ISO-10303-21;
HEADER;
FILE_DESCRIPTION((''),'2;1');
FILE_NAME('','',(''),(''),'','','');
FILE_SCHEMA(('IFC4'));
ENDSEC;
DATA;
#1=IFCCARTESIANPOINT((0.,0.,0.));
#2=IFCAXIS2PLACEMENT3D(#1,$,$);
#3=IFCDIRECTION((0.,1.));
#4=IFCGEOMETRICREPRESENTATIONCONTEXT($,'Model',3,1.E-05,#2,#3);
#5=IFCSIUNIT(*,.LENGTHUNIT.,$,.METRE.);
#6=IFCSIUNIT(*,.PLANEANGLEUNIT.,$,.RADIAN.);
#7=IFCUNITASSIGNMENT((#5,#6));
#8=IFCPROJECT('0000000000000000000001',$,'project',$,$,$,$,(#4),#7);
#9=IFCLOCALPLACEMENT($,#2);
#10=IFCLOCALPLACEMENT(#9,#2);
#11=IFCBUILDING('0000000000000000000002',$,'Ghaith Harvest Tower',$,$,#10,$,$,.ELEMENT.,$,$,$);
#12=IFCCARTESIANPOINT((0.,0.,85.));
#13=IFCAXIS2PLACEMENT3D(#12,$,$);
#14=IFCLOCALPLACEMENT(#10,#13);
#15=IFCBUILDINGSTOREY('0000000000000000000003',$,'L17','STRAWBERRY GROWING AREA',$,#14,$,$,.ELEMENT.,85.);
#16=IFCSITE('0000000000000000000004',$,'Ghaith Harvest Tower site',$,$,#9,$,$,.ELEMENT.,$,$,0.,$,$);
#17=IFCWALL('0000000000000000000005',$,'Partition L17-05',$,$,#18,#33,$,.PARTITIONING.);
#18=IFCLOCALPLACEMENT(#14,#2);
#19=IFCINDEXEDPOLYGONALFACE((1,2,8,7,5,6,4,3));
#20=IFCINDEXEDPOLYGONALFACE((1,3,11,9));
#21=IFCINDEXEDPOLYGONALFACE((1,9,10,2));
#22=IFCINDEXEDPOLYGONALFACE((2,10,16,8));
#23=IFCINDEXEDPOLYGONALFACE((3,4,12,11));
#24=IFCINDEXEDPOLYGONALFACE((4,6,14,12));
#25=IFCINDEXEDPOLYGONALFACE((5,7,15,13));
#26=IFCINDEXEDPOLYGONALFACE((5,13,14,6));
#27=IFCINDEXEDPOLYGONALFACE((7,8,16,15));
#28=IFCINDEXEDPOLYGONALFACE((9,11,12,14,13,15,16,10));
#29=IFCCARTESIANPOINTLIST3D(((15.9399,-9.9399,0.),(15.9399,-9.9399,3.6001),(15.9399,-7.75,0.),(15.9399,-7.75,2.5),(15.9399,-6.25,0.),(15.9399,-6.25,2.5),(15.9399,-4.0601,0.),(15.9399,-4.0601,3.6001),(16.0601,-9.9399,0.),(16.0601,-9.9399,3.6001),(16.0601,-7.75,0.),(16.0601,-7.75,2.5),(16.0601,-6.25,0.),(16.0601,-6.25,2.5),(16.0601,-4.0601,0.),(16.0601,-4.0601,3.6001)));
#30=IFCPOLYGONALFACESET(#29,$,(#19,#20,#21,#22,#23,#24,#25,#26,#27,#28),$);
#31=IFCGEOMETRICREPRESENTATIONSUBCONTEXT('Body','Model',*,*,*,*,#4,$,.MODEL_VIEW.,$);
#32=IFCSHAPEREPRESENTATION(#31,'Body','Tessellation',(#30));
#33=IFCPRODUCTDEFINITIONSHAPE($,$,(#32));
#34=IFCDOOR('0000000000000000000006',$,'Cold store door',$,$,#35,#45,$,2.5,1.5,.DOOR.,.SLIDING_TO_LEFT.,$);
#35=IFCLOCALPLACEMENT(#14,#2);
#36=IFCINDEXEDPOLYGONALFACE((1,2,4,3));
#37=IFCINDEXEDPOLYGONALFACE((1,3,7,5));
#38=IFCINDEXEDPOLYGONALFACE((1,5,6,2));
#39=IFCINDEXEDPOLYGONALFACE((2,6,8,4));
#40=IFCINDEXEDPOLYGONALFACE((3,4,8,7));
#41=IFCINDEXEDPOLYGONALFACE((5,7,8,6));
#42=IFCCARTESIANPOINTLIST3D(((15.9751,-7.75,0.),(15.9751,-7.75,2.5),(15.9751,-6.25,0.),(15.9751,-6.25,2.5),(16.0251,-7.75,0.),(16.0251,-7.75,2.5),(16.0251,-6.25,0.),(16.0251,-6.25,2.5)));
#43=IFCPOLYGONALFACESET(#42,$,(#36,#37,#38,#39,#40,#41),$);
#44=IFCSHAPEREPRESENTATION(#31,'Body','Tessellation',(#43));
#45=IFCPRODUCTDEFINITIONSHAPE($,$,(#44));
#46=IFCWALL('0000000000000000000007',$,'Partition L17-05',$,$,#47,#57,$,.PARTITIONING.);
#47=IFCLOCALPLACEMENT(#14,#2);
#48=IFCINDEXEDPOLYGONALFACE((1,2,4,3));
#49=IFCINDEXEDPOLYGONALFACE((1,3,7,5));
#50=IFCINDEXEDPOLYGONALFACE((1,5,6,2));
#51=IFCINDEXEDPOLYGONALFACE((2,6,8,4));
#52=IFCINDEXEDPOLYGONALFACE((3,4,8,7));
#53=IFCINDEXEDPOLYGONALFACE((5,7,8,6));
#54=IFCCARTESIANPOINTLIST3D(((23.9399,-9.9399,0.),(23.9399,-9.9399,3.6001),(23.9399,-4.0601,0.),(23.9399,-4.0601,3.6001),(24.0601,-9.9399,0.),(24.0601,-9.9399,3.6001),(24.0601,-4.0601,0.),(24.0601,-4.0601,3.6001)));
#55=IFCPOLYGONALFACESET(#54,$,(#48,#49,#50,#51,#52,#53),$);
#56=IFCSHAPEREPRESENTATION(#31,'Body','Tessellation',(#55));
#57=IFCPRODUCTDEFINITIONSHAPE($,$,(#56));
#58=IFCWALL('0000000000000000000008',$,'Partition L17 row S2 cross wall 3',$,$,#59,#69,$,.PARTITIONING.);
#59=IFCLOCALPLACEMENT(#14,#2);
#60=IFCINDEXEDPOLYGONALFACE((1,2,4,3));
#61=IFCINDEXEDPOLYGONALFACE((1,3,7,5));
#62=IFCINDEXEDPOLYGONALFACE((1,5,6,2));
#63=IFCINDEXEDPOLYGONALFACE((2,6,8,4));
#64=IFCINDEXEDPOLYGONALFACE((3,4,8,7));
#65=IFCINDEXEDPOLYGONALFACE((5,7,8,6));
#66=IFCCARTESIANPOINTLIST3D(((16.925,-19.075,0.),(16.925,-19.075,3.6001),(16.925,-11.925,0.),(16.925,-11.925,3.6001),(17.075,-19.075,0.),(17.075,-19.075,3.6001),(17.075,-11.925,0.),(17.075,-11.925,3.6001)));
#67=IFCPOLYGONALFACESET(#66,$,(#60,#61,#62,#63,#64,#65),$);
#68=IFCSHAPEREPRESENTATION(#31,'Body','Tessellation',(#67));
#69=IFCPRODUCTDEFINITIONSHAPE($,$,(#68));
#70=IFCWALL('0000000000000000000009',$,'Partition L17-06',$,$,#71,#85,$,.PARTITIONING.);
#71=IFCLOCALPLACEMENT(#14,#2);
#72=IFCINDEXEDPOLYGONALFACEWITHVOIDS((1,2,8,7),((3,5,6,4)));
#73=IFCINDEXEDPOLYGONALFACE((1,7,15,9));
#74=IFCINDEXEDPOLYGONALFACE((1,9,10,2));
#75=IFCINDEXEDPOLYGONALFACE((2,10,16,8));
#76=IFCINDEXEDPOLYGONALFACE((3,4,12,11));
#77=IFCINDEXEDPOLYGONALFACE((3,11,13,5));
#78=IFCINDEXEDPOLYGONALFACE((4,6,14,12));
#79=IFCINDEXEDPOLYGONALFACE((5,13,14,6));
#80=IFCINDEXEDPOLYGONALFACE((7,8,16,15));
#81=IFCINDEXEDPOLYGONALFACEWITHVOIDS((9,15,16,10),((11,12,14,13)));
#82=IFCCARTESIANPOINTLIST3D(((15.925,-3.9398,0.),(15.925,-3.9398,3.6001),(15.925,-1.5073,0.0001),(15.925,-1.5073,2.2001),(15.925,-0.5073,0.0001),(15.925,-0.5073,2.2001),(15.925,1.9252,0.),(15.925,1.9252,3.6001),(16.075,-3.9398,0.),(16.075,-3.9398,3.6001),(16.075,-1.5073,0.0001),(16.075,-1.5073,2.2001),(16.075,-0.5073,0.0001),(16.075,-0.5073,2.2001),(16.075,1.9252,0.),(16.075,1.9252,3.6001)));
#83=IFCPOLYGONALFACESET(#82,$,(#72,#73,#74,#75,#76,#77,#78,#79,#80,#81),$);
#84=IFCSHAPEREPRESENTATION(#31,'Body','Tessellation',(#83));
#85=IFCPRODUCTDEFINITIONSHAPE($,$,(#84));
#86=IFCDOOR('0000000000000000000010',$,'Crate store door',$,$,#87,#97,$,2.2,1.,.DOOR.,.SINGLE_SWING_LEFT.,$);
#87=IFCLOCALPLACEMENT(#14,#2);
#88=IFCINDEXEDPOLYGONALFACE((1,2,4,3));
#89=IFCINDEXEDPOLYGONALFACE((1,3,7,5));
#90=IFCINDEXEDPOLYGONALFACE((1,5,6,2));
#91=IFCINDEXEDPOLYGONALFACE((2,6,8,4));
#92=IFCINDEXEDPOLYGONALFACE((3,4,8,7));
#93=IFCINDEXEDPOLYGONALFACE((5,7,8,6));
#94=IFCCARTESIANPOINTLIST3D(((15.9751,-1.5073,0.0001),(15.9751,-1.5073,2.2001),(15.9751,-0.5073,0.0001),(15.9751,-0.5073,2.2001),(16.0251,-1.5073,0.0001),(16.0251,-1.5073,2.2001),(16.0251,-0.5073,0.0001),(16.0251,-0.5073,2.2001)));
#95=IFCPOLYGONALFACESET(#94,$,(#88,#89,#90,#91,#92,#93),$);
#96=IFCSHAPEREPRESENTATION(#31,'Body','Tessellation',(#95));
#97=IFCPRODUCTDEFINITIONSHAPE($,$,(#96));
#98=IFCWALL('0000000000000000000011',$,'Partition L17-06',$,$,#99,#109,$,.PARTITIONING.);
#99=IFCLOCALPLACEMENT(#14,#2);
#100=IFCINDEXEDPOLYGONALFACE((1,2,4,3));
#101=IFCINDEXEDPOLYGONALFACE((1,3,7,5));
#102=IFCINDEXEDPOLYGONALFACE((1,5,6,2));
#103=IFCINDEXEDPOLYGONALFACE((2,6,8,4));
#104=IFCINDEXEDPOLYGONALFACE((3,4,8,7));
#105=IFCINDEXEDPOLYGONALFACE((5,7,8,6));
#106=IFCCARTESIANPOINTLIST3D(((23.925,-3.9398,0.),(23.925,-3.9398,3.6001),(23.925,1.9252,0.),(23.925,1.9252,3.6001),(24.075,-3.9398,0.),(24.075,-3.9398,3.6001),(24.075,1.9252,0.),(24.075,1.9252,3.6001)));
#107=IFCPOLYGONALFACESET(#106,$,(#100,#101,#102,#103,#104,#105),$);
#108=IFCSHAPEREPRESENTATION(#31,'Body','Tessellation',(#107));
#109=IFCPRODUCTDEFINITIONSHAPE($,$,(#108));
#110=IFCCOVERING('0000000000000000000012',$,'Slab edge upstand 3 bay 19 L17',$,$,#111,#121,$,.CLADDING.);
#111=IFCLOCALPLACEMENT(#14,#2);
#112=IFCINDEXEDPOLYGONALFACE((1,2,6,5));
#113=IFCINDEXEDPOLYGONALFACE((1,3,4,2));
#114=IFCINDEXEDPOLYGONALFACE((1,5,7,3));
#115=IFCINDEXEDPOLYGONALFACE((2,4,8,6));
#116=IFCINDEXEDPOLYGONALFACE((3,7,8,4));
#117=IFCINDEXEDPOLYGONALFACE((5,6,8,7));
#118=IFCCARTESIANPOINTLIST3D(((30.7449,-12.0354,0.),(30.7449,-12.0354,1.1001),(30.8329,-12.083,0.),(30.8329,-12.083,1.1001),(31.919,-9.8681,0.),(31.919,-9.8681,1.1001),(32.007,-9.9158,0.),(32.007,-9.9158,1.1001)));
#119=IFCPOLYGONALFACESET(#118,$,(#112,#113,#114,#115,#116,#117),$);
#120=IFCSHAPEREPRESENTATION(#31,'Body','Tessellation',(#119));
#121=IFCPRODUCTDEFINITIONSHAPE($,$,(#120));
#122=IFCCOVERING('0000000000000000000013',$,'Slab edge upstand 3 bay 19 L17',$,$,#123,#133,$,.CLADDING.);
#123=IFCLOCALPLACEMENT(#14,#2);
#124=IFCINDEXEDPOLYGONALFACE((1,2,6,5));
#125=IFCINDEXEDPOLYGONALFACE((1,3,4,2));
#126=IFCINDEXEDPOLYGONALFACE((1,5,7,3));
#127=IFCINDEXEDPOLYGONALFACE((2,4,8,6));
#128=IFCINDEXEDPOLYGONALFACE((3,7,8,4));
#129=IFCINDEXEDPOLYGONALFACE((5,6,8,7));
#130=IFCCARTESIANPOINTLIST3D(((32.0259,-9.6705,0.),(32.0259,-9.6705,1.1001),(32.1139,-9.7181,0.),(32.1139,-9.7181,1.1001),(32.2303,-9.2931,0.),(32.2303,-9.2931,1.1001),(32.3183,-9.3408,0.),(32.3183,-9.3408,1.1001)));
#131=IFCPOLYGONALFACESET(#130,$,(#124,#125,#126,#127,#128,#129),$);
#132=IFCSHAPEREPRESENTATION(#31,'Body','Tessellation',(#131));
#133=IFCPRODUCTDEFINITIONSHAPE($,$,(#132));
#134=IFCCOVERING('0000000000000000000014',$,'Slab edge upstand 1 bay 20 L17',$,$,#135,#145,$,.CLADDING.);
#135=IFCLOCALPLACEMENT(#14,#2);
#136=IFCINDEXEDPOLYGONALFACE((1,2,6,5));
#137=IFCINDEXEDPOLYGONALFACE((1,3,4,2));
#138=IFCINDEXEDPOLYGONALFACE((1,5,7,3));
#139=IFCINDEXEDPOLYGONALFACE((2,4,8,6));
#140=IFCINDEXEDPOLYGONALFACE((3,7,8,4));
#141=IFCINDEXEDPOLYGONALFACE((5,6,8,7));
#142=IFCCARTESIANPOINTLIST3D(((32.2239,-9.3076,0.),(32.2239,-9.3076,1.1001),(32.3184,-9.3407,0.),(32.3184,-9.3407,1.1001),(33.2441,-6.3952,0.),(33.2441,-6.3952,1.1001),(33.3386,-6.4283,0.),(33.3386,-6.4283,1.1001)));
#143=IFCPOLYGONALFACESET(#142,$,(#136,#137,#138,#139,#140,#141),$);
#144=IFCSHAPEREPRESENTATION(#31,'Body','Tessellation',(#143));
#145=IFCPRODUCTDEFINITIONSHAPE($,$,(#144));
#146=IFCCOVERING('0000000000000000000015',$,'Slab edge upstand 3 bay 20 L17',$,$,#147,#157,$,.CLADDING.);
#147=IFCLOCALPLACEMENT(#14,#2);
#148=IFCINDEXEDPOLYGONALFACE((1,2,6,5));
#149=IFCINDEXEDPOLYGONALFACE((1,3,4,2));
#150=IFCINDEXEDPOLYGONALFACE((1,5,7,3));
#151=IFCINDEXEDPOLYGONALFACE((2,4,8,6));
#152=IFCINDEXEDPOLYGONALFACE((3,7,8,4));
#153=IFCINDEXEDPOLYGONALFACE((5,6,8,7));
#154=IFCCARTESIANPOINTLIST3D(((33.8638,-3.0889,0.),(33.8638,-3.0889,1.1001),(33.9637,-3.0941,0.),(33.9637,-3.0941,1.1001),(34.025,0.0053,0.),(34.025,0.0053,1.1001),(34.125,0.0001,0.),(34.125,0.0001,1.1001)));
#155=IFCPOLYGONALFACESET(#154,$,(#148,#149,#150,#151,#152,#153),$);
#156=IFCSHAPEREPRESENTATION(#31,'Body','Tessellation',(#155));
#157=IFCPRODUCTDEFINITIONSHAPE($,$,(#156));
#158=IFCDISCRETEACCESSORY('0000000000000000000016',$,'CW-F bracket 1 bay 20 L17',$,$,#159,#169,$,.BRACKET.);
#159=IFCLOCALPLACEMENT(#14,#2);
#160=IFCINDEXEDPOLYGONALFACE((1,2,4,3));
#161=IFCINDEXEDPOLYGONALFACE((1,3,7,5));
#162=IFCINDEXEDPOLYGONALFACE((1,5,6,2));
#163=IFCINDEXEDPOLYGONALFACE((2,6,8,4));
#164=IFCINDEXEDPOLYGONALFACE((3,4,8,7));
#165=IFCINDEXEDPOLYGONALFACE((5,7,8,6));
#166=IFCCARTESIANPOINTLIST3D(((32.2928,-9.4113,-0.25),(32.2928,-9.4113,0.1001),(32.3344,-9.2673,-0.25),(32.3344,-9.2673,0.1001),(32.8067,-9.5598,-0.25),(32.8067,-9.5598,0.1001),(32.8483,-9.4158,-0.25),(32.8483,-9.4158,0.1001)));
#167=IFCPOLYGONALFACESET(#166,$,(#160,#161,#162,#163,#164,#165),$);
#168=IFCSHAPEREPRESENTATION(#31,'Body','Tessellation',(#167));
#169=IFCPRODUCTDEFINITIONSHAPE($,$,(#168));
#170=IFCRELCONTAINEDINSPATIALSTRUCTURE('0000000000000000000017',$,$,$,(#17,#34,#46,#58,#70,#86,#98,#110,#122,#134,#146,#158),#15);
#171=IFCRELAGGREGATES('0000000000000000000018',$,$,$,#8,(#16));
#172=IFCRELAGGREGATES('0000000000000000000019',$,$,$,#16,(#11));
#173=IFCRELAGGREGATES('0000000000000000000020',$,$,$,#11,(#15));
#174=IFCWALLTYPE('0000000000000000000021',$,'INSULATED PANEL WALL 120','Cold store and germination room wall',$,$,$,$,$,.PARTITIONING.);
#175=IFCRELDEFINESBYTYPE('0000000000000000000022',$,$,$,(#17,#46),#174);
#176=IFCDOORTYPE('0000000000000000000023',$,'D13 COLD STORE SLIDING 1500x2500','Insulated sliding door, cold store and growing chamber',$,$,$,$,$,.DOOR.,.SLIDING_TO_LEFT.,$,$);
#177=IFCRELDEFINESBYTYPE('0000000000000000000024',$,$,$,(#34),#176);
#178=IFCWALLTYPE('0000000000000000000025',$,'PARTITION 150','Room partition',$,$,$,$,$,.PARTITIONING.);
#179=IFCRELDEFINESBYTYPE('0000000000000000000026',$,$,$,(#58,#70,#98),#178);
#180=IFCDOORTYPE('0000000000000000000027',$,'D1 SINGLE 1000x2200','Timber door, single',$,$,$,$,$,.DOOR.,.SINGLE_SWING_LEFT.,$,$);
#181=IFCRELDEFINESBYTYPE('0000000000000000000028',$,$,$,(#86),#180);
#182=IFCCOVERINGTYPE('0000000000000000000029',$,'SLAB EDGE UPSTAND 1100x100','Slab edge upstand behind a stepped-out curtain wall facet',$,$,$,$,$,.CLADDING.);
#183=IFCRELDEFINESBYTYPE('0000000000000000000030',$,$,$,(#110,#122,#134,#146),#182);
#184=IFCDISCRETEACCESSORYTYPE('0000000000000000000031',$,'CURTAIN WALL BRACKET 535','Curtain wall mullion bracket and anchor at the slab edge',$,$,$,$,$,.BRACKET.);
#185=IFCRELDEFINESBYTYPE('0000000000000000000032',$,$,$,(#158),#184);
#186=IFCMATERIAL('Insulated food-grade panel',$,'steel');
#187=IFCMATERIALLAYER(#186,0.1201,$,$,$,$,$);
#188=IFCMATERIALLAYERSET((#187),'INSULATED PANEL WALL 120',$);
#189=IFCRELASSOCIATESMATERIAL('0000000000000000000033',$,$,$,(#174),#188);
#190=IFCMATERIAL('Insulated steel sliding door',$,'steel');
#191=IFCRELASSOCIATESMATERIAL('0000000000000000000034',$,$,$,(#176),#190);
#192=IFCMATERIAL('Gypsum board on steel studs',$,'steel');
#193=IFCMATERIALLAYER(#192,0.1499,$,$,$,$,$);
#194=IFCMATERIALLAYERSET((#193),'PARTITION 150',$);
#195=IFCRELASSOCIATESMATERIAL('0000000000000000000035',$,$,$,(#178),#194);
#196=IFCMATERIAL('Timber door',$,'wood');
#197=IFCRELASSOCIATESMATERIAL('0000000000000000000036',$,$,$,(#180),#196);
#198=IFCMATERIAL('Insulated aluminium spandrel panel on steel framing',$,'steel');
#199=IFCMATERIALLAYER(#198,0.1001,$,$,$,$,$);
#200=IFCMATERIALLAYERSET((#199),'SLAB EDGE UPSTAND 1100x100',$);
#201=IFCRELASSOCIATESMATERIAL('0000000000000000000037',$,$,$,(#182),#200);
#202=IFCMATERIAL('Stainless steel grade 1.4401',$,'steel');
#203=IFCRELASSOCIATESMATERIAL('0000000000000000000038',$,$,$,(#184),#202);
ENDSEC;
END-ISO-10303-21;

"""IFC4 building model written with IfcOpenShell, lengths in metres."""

from ifc_helpers import new_model, si_unit, direction, frame, frame_2d, origin, origin_2d, place, context, subcontext, project, spatial, rectangle, extrude, material, layer, layer_set, type_object, element, fill, save


model = new_model("IFC4")

# Units and contexts
model_context = context("Model", 3, precision=1e-05, world=origin(), true_north=direction((0.0, 1.0)))
body_context = subcontext(model_context, "Body", "Model", "MODEL_VIEW")
ifc_project = project(units=[si_unit("LENGTHUNIT", "METRE"), si_unit("PLANEANGLEUNIT", "RADIAN")], contexts=[model_context])

# Site, building, storey
site_placement = place(None, origin())
site = spatial("IfcSite", under=ifc_project, at=site_placement, Name="Ghaith Harvest Tower site", CompositionType="ELEMENT", RefElevation=0.0)
building_placement = place(site_placement, origin())
building = spatial("IfcBuilding", under=site, at=building_placement, Name="Ghaith Harvest Tower", CompositionType="ELEMENT")
storey_placement = place(building_placement, frame((0.0, 0.0, 85.0)))
storey = spatial("IfcBuildingStorey", under=building, at=storey_placement, Name="L17", Description="STRAWBERRY GROWING AREA", CompositionType="ELEMENT", Elevation=85.0)

# Shared definitions
ifc_material_1 = material(Name="Insulated food-grade panel", Category="steel")
ifc_layer_1 = layer(ifc_material_1, 0.1201)
ifc_layer_set_1 = layer_set([ifc_layer_1], Name="INSULATED PANEL WALL 120")
wall_type_1 = type_object("IfcWallType", Name="INSULATED PANEL WALL 120", Description="Cold store and germination room wall", PredefinedType="PARTITIONING", material=ifc_layer_set_1)

# Wall, opening, door
wall_1_placement = place(storey_placement, frame((16.0, -9.9399, 0.0), z_axis=(0.0, 0.0, 1.0), x_axis=(0.0, 1.0, 0.0)))
wall_1 = element("IfcWall", 1, at=wall_1_placement, inside=storey, type_object=wall_type_1, Name="Partition L17-05", PredefinedType="PARTITIONING", context=body_context, shape_type="SweptSolid", body=[
    extrude(rectangle(XDim=5.8799, YDim=0.1201, at=frame_2d((2.9399, 0.0))), origin(), (0.0, 0.0, 1.0), 3.6001),
])
opening_1_placement = place(wall_1_placement, frame((2.1899, 0.0, 0.0)))
opening_1 = element("IfcOpeningElement", 2, at=opening_1_placement, cuts=wall_1, PredefinedType="OPENING", context=body_context, shape_type="SweptSolid", body=[
    extrude(rectangle(XDim=1.5, YDim=2.5, at=frame_2d((0.75, 1.25))), frame((0.0, 0.0701, 0.0), z_axis=(0.0, -1.0, 0.0), x_axis=(1.0, 0.0, 0.0)), (0.0, 0.0, 1.0), 0.1401),
])
ifc_material_2 = material(Name="Insulated steel sliding door", Category="steel")
door_type_1 = type_object("IfcDoorType", Name="D13 COLD STORE SLIDING 1500x2500", Description="Insulated sliding door, cold store and growing chamber", OperationType="SLIDING_TO_LEFT", PredefinedType="DOOR", material=ifc_material_2)
door_1_placement = place(opening_1_placement, origin())
door_1 = element("IfcDoor", 3, at=door_1_placement, inside=storey, type_object=door_type_1, Name="Cold store door", OperationType="SLIDING_TO_LEFT", OverallHeight=2.5, OverallWidth=1.5, PredefinedType="DOOR", context=body_context, shape_type="SweptSolid", body=[
    extrude(rectangle(XDim=1.5, YDim=2.5, at=frame_2d((0.75, 1.25))), frame((0.0, 0.0249, 0.0), z_axis=(0.0, -1.0, 0.0), x_axis=(1.0, 0.0, 0.0)), (0.0, 0.0, 1.0), 0.05),
])
fill(opening_1, door_1)

# Walls
wall_2_placement = place(storey_placement, frame((24.0, -9.9399, 0.0), z_axis=(0.0, 0.0, 1.0), x_axis=(0.0, 1.0, 0.0)))
element("IfcWall", 4, at=wall_2_placement, inside=storey, type_object=wall_type_1, Name="Partition L17-05", PredefinedType="PARTITIONING", context=body_context, shape_type="SweptSolid", body=[
    extrude(rectangle(XDim=5.8799, YDim=0.1201, at=frame_2d((2.9399, 0.0))), origin(), (0.0, 0.0, 1.0), 3.6001),
])
ifc_material_3 = material(Name="Gypsum board on steel studs", Category="steel")
ifc_layer_2 = layer(ifc_material_3, 0.1499)
ifc_layer_set_2 = layer_set([ifc_layer_2], Name="PARTITION 150")
wall_type_2 = type_object("IfcWallType", Name="PARTITION 150", Description="Room partition", PredefinedType="PARTITIONING", material=ifc_layer_set_2)
wall_3_placement = place(storey_placement, frame((17.0, -11.925, 0.0), z_axis=(0.0, 0.0, 1.0), x_axis=(0.0, -1.0, 0.0)))
element("IfcWall", 5, at=wall_3_placement, inside=storey, type_object=wall_type_2, Name="Partition L17 row S2 cross wall 3", PredefinedType="PARTITIONING", context=body_context, shape_type="SweptSolid", body=[
    extrude(rectangle(XDim=7.1499, YDim=0.1499, at=frame_2d((3.575, 0.0))), origin(), (0.0, 0.0, 1.0), 3.6001),
])

# Wall, opening, door
wall_4_placement = place(storey_placement, frame((16.0, -3.9399, 0.0), z_axis=(0.0, 0.0, 1.0), x_axis=(0.0, 1.0, 0.0)))
wall_4 = element("IfcWall", 6, at=wall_4_placement, inside=storey, type_object=wall_type_2, Name="Partition L17-06", PredefinedType="PARTITIONING", context=body_context, shape_type="SweptSolid", body=[
    extrude(rectangle(XDim=5.865, YDim=0.1499, at=frame_2d((2.9326, 0.0))), origin(), (0.0, 0.0, 1.0), 3.6001),
])
opening_2_placement = place(wall_4_placement, frame((2.4326, 0.0, 0.0)))
opening_2 = element("IfcOpeningElement", 7, at=opening_2_placement, cuts=wall_4, PredefinedType="OPENING", context=body_context, shape_type="SweptSolid", body=[
    extrude(rectangle(XDim=1.0, YDim=2.2, at=frame_2d((0.5, 1.1001))), frame((0.0, 0.085, 0.0), z_axis=(0.0, -1.0, 0.0), x_axis=(1.0, 0.0, 0.0)), (0.0, 0.0, 1.0), 0.1699),
])
ifc_material_4 = material(Name="Timber door", Category="wood")
door_type_2 = type_object("IfcDoorType", Name="D1 SINGLE 1000x2200", Description="Timber door, single", OperationType="SINGLE_SWING_LEFT", PredefinedType="DOOR", material=ifc_material_4)
door_2_placement = place(opening_2_placement, origin())
door_2 = element("IfcDoor", 8, at=door_2_placement, inside=storey, type_object=door_type_2, Name="Crate store door", OperationType="SINGLE_SWING_LEFT", OverallHeight=2.2, OverallWidth=1.0, PredefinedType="DOOR", context=body_context, shape_type="SweptSolid", body=[
    extrude(rectangle(XDim=1.0, YDim=2.2, at=frame_2d((0.5, 1.1001))), frame((0.0, 0.0249, 0.0), z_axis=(0.0, -1.0, 0.0), x_axis=(1.0, 0.0, 0.0)), (0.0, 0.0, 1.0), 0.05),
])
fill(opening_2, door_2)

# Wall
wall_5_placement = place(storey_placement, frame((24.0, -3.9399, 0.0), z_axis=(0.0, 0.0, 1.0), x_axis=(0.0, 1.0, 0.0)))
element("IfcWall", 9, at=wall_5_placement, inside=storey, type_object=wall_type_2, Name="Partition L17-06", PredefinedType="PARTITIONING", context=body_context, shape_type="SweptSolid", body=[
    extrude(rectangle(XDim=5.865, YDim=0.1499, at=frame_2d((2.9326, 0.0))), origin(), (0.0, 0.0, 1.0), 3.6001),
])

# Coverings
ifc_material_5 = material(Name="Insulated aluminium spandrel panel on steel framing", Category="steel")
ifc_layer_3 = layer(ifc_material_5, 0.1001)
ifc_layer_set_3 = layer_set([ifc_layer_3], Name="SLAB EDGE UPSTAND 1100x100")
covering_type = type_object("IfcCoveringType", Name="SLAB EDGE UPSTAND 1100x100", Description="Slab edge upstand behind a stepped-out curtain wall facet", PredefinedType="CLADDING", material=ifc_layer_set_3)
covering_1_placement = place(storey_placement, frame((31.376, -10.9756, 0.0), z_axis=(0.0, 0.0, 1.0), x_axis=(0.476349, 0.879256, 0.0)))
element("IfcCovering", 10, at=covering_1_placement, inside=storey, type_object=covering_type, Name="Slab edge upstand 3 bay 19 L17", PredefinedType="CLADDING", context=body_context, shape_type="SweptSolid", body=[
    extrude(rectangle(XDim=2.4648, YDim=0.1001, at=origin_2d()), origin(), (0.0, 0.0, 1.0), 1.1001),
])
covering_2_placement = place(storey_placement, frame((32.1721, -9.5056, 0.0), z_axis=(0.0, 0.0, 1.0), x_axis=(0.476349, 0.879256, 0.0)))
element("IfcCovering", 11, at=covering_2_placement, inside=storey, type_object=covering_type, Name="Slab edge upstand 3 bay 19 L17", PredefinedType="CLADDING", context=body_context, shape_type="SweptSolid", body=[
    extrude(rectangle(XDim=0.4292, YDim=0.1001, at=origin_2d()), origin(), (0.0, 0.0, 1.0), 1.1001),
])
covering_3_placement = place(storey_placement, frame((32.7812, -7.8679, 0.0), z_axis=(0.0, 0.0, 1.0), x_axis=(0.330598, 0.943772, 0.0)))
element("IfcCovering", 12, at=covering_3_placement, inside=storey, type_object=covering_type, Name="Slab edge upstand 1 bay 20 L17", PredefinedType="CLADDING", context=body_context, shape_type="SweptSolid", body=[
    extrude(rectangle(XDim=3.0859, YDim=0.1001, at=origin_2d()), origin(), (0.0, 0.0, 1.0), 1.1001),
])
covering_4_placement = place(storey_placement, frame((33.9944, -1.5444, 0.0), z_axis=(0.0, 0.0, 1.0), x_axis=(0.052049, 0.998645, 0.0)))
element("IfcCovering", 13, at=covering_4_placement, inside=storey, type_object=covering_type, Name="Slab edge upstand 3 bay 20 L17", PredefinedType="CLADDING", context=body_context, shape_type="SweptSolid", body=[
    extrude(rectangle(XDim=3.0984, YDim=0.1001, at=origin_2d()), origin(), (0.0, 0.0, 1.0), 1.1001),
])

# Discrete accessory
ifc_material_6 = material(Name="Stainless steel grade 1.4401", Category="steel")
discrete_accessory_type = type_object("IfcDiscreteAccessoryType", Name="CURTAIN WALL BRACKET 535", Description="Curtain wall mullion bracket and anchor at the slab edge", PredefinedType="BRACKET", material=ifc_material_6)
discrete_accessory_placement = place(storey_placement, frame((32.5706, -9.4136, -0.25), z_axis=(0.0, 0.0, 1.0), x_axis=(0.96068, -0.277657, 0.0)))
element("IfcDiscreteAccessory", 14, at=discrete_accessory_placement, inside=storey, type_object=discrete_accessory_type, Name="CW-F bracket 1 bay 20 L17", PredefinedType="BRACKET", context=body_context, shape_type="SweptSolid", body=[
    extrude(rectangle(XDim=0.5349, YDim=0.1499, at=origin_2d()), origin(), (0.0, 0.0, 1.0), 0.3501),
])

save(model, "model.ifc")
